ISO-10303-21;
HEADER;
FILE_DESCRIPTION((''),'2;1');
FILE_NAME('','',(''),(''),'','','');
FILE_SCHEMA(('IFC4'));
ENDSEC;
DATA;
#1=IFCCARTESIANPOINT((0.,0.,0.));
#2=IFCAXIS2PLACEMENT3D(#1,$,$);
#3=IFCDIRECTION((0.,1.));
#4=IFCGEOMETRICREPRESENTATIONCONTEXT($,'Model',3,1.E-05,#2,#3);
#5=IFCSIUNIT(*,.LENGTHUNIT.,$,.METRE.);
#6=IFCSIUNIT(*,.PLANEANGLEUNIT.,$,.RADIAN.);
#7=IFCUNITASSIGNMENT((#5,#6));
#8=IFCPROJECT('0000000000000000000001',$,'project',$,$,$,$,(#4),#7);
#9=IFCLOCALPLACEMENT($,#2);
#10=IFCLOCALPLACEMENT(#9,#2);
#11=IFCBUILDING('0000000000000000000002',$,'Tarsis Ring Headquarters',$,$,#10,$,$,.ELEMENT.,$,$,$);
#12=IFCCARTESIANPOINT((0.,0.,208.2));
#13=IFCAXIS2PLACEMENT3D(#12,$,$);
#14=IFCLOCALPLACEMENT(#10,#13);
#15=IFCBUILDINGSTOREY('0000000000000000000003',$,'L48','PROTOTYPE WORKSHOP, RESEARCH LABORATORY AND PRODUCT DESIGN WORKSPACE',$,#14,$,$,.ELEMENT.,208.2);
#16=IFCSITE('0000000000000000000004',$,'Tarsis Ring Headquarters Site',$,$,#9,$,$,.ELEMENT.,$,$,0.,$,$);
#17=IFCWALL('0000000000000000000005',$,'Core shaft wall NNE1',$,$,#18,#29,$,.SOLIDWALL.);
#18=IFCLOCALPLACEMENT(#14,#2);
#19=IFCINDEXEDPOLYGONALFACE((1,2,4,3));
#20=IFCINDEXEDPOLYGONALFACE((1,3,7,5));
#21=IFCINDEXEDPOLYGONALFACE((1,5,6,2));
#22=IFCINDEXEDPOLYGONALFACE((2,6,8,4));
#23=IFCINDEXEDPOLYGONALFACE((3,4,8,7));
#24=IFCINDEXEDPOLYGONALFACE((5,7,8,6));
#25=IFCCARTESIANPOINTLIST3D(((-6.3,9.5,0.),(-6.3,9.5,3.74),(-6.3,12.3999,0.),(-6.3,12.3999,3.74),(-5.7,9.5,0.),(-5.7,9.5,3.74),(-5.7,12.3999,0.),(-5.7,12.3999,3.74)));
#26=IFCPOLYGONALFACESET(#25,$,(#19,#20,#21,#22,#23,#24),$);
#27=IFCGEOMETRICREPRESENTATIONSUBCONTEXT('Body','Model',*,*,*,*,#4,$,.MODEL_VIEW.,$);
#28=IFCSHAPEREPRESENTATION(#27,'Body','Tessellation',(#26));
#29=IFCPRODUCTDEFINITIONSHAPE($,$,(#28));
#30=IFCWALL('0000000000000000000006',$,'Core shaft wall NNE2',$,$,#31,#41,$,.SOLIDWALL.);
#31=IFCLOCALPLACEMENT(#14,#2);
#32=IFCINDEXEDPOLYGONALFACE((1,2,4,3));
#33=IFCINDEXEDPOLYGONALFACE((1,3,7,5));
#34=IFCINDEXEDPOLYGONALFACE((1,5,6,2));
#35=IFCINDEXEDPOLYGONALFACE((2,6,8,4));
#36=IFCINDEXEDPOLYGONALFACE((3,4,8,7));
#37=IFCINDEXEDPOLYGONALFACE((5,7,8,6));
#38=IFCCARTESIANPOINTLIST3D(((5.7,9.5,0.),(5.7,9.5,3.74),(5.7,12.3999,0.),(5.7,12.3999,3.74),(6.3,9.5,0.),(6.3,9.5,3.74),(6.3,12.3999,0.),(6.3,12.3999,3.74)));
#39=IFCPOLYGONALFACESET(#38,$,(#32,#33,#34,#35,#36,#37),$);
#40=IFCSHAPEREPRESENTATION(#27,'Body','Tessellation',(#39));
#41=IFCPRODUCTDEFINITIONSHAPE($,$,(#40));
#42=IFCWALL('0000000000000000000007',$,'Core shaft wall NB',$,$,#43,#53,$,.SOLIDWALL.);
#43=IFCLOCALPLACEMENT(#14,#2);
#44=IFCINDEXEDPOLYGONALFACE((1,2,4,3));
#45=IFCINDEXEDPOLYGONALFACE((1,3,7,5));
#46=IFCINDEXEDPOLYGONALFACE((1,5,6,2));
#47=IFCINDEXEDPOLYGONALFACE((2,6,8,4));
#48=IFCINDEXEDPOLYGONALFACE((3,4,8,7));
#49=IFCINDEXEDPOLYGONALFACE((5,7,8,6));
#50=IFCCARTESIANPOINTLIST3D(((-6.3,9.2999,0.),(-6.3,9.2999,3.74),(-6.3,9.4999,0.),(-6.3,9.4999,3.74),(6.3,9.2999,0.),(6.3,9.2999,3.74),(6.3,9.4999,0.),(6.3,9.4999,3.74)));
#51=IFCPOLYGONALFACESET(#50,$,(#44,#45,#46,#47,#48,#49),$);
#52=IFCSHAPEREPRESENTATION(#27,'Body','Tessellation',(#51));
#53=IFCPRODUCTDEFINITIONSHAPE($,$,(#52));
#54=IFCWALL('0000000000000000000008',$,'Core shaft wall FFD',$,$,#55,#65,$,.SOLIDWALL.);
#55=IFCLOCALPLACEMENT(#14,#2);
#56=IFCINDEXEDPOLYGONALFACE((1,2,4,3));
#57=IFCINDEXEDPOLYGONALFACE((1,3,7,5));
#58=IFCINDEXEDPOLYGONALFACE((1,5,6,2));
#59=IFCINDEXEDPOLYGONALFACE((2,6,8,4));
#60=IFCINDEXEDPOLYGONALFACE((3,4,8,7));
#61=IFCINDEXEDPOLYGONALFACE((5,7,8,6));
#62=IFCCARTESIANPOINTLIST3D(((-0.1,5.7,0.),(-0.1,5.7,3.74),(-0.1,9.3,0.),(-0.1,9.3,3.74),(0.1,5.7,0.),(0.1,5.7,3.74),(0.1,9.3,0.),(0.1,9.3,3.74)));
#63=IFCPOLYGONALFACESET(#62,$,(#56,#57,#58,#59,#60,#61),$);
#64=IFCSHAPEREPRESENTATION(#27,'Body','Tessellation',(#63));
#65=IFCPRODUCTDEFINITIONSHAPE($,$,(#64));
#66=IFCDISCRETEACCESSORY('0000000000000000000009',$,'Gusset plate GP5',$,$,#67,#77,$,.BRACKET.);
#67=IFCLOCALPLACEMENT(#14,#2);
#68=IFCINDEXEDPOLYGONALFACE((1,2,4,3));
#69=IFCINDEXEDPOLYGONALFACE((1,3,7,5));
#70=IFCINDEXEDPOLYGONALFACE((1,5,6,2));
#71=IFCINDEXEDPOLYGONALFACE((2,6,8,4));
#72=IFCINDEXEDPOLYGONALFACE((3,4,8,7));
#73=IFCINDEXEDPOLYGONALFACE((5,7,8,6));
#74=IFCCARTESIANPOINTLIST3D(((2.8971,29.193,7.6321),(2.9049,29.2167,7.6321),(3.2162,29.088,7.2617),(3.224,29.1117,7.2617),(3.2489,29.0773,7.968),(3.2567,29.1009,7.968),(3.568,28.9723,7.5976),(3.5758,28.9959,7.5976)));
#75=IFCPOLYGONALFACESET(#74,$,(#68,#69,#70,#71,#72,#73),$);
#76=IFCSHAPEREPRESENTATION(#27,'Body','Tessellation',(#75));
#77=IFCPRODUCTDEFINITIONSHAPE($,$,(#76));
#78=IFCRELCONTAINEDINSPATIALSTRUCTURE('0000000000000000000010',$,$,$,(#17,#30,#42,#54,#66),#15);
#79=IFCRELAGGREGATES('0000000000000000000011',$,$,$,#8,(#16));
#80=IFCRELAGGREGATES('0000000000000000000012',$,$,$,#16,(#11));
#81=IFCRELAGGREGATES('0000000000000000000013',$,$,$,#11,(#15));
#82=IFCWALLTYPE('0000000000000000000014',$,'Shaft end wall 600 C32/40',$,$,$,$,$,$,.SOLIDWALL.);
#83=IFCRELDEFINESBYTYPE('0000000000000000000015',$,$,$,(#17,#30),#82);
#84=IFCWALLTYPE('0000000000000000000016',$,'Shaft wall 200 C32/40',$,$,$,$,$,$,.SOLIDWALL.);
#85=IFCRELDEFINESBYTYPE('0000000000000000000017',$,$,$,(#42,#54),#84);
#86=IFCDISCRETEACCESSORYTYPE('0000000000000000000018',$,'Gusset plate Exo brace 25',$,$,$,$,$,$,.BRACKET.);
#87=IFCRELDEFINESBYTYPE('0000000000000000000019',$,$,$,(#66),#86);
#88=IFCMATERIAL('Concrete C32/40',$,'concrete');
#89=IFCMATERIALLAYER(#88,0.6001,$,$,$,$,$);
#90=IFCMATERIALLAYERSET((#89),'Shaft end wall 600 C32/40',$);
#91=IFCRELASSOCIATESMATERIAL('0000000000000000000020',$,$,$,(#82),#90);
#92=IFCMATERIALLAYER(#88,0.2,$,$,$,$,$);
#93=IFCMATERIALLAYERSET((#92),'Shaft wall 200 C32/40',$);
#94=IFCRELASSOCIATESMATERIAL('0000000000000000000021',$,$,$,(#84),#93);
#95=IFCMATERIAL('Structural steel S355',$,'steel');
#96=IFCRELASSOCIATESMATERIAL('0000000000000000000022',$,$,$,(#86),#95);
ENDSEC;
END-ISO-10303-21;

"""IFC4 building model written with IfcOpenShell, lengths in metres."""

from ifc_helpers import new_model, si_unit, direction, frame, frame_2d, origin, origin_2d, place, context, subcontext, project, spatial, rectangle, extrude, material, layer, layer_set, material_profile, profile_set, type_object, element, save


model = new_model("IFC4")

# Units and contexts
model_context = context("Model", 3, precision=1e-05, world=origin(), true_north=direction((0.0, 1.0)))
body_context = subcontext(model_context, "Body", "Model", "MODEL_VIEW")
ifc_project = project(units=[si_unit("LENGTHUNIT", "METRE"), si_unit("PLANEANGLEUNIT", "RADIAN")], contexts=[model_context])

# Site, building, storey
site_placement = place(None, origin())
site = spatial("IfcSite", under=ifc_project, at=site_placement, Name="Tarsis Ring Headquarters Site", CompositionType="ELEMENT", RefElevation=0.0)
building_placement = place(site_placement, origin())
building = spatial("IfcBuilding", under=site, at=building_placement, Name="Tarsis Ring Headquarters", CompositionType="ELEMENT")
storey_placement = place(building_placement, frame((0.0, 0.0, 208.2)))
storey = spatial("IfcBuildingStorey", under=building, at=storey_placement, Name="L48", Description="PROTOTYPE WORKSHOP, RESEARCH LABORATORY AND PRODUCT DESIGN WORKSPACE", CompositionType="ELEMENT", Elevation=208.2)

# Shared definitions
ifc_material_1 = material(Name="Structural steel S355", Category="steel")

# Walls
ifc_material_2 = material(Name="Concrete C32/40", Category="concrete")
ifc_layer_1 = layer(ifc_material_2, 0.6001)
ifc_layer_set_1 = layer_set([ifc_layer_1], Name="Shaft end wall 600 C32/40")
wall_type_1 = type_object("IfcWallType", Name="Shaft end wall 600 C32/40", PredefinedType="SOLIDWALL", material=ifc_layer_set_1)
for number, where, z_axis, x_axis, name in (
    (1, (-6.0, 9.5, 0.0), (0.0, 0.0, 1.0), (0.0, 1.0, 0.0), "Core shaft wall NNE1"),
    (2, (6.0, 9.5, 0.0), (0.0, 0.0, 1.0), (0.0, 1.0, 0.0), "Core shaft wall NNE2"),
):
    element("IfcWall", number, at=place(storey_placement, frame(where, z_axis=z_axis, x_axis=x_axis)), inside=storey, type_object=wall_type_1, Name=name, PredefinedType="SOLIDWALL", context=body_context, shape_type="SweptSolid", body=[
        extrude(rectangle(XDim=2.8999, YDim=0.6001, at=frame_2d((1.45, 0.0))), origin(), (0.0, 0.0, 1.0), 3.74),
    ])
ifc_layer_2 = layer(ifc_material_2, 0.2)
ifc_layer_set_2 = layer_set([ifc_layer_2], Name="Shaft wall 200 C32/40")
wall_type_2 = type_object("IfcWallType", Name="Shaft wall 200 C32/40", PredefinedType="SOLIDWALL", material=ifc_layer_set_2)
wall_1_placement = place(storey_placement, frame((-6.3, 9.3999, 0.0), z_axis=(0.0, 0.0, 1.0), x_axis=(1.0, 0.0, 0.0)))
element("IfcWall", 3, at=wall_1_placement, inside=storey, type_object=wall_type_2, Name="Core shaft wall NB", PredefinedType="SOLIDWALL", context=body_context, shape_type="SweptSolid", body=[
    extrude(rectangle(XDim=12.6001, YDim=0.2, at=frame_2d((6.3, 0.0))), origin(), (0.0, 0.0, 1.0), 3.74),
])
wall_2_placement = place(storey_placement, frame((0.0, 5.7, 0.0), z_axis=(0.0, 0.0, 1.0), x_axis=(0.0, 1.0, 0.0)))
element("IfcWall", 4, at=wall_2_placement, inside=storey, type_object=wall_type_2, Name="Core shaft wall FFD", PredefinedType="SOLIDWALL", context=body_context, shape_type="SweptSolid", body=[
    extrude(rectangle(XDim=3.6001, YDim=0.2, at=frame_2d((1.8, 0.0))), origin(), (0.0, 0.0, 1.0), 3.74),
])

# Discrete accessory
ifc_material_profile_1 = material_profile(ifc_material_1, rectangle(XDim=0.0249, YDim=0.5, at=origin_2d()), Name="PL 25x500")
ifc_profile_set_1 = profile_set([ifc_material_profile_1], Name="Structural steel S355")
discrete_accessory_type = type_object("IfcDiscreteAccessoryType", Name="Gusset plate Exo brace 25", PredefinedType="BRACKET", material=ifc_profile_set_1)
discrete_accessory_placement = place(storey_placement, frame((3.0769, 29.147, 7.8), z_axis=(0.638173, -0.209958, -0.740711), x_axis=(0.312519, 0.949912, 0.0)))
element("IfcDiscreteAccessory", 5, at=discrete_accessory_placement, inside=storey, type_object=discrete_accessory_type, Name="Gusset plate GP5", PredefinedType="BRACKET", context=body_context, shape_type="SweptSolid", body=[
    extrude(rectangle(XDim=0.0249, YDim=0.5, at=origin_2d()), origin(), (0.0, 0.0, 1.0), 0.5),
])

save(model, "model.ifc")
